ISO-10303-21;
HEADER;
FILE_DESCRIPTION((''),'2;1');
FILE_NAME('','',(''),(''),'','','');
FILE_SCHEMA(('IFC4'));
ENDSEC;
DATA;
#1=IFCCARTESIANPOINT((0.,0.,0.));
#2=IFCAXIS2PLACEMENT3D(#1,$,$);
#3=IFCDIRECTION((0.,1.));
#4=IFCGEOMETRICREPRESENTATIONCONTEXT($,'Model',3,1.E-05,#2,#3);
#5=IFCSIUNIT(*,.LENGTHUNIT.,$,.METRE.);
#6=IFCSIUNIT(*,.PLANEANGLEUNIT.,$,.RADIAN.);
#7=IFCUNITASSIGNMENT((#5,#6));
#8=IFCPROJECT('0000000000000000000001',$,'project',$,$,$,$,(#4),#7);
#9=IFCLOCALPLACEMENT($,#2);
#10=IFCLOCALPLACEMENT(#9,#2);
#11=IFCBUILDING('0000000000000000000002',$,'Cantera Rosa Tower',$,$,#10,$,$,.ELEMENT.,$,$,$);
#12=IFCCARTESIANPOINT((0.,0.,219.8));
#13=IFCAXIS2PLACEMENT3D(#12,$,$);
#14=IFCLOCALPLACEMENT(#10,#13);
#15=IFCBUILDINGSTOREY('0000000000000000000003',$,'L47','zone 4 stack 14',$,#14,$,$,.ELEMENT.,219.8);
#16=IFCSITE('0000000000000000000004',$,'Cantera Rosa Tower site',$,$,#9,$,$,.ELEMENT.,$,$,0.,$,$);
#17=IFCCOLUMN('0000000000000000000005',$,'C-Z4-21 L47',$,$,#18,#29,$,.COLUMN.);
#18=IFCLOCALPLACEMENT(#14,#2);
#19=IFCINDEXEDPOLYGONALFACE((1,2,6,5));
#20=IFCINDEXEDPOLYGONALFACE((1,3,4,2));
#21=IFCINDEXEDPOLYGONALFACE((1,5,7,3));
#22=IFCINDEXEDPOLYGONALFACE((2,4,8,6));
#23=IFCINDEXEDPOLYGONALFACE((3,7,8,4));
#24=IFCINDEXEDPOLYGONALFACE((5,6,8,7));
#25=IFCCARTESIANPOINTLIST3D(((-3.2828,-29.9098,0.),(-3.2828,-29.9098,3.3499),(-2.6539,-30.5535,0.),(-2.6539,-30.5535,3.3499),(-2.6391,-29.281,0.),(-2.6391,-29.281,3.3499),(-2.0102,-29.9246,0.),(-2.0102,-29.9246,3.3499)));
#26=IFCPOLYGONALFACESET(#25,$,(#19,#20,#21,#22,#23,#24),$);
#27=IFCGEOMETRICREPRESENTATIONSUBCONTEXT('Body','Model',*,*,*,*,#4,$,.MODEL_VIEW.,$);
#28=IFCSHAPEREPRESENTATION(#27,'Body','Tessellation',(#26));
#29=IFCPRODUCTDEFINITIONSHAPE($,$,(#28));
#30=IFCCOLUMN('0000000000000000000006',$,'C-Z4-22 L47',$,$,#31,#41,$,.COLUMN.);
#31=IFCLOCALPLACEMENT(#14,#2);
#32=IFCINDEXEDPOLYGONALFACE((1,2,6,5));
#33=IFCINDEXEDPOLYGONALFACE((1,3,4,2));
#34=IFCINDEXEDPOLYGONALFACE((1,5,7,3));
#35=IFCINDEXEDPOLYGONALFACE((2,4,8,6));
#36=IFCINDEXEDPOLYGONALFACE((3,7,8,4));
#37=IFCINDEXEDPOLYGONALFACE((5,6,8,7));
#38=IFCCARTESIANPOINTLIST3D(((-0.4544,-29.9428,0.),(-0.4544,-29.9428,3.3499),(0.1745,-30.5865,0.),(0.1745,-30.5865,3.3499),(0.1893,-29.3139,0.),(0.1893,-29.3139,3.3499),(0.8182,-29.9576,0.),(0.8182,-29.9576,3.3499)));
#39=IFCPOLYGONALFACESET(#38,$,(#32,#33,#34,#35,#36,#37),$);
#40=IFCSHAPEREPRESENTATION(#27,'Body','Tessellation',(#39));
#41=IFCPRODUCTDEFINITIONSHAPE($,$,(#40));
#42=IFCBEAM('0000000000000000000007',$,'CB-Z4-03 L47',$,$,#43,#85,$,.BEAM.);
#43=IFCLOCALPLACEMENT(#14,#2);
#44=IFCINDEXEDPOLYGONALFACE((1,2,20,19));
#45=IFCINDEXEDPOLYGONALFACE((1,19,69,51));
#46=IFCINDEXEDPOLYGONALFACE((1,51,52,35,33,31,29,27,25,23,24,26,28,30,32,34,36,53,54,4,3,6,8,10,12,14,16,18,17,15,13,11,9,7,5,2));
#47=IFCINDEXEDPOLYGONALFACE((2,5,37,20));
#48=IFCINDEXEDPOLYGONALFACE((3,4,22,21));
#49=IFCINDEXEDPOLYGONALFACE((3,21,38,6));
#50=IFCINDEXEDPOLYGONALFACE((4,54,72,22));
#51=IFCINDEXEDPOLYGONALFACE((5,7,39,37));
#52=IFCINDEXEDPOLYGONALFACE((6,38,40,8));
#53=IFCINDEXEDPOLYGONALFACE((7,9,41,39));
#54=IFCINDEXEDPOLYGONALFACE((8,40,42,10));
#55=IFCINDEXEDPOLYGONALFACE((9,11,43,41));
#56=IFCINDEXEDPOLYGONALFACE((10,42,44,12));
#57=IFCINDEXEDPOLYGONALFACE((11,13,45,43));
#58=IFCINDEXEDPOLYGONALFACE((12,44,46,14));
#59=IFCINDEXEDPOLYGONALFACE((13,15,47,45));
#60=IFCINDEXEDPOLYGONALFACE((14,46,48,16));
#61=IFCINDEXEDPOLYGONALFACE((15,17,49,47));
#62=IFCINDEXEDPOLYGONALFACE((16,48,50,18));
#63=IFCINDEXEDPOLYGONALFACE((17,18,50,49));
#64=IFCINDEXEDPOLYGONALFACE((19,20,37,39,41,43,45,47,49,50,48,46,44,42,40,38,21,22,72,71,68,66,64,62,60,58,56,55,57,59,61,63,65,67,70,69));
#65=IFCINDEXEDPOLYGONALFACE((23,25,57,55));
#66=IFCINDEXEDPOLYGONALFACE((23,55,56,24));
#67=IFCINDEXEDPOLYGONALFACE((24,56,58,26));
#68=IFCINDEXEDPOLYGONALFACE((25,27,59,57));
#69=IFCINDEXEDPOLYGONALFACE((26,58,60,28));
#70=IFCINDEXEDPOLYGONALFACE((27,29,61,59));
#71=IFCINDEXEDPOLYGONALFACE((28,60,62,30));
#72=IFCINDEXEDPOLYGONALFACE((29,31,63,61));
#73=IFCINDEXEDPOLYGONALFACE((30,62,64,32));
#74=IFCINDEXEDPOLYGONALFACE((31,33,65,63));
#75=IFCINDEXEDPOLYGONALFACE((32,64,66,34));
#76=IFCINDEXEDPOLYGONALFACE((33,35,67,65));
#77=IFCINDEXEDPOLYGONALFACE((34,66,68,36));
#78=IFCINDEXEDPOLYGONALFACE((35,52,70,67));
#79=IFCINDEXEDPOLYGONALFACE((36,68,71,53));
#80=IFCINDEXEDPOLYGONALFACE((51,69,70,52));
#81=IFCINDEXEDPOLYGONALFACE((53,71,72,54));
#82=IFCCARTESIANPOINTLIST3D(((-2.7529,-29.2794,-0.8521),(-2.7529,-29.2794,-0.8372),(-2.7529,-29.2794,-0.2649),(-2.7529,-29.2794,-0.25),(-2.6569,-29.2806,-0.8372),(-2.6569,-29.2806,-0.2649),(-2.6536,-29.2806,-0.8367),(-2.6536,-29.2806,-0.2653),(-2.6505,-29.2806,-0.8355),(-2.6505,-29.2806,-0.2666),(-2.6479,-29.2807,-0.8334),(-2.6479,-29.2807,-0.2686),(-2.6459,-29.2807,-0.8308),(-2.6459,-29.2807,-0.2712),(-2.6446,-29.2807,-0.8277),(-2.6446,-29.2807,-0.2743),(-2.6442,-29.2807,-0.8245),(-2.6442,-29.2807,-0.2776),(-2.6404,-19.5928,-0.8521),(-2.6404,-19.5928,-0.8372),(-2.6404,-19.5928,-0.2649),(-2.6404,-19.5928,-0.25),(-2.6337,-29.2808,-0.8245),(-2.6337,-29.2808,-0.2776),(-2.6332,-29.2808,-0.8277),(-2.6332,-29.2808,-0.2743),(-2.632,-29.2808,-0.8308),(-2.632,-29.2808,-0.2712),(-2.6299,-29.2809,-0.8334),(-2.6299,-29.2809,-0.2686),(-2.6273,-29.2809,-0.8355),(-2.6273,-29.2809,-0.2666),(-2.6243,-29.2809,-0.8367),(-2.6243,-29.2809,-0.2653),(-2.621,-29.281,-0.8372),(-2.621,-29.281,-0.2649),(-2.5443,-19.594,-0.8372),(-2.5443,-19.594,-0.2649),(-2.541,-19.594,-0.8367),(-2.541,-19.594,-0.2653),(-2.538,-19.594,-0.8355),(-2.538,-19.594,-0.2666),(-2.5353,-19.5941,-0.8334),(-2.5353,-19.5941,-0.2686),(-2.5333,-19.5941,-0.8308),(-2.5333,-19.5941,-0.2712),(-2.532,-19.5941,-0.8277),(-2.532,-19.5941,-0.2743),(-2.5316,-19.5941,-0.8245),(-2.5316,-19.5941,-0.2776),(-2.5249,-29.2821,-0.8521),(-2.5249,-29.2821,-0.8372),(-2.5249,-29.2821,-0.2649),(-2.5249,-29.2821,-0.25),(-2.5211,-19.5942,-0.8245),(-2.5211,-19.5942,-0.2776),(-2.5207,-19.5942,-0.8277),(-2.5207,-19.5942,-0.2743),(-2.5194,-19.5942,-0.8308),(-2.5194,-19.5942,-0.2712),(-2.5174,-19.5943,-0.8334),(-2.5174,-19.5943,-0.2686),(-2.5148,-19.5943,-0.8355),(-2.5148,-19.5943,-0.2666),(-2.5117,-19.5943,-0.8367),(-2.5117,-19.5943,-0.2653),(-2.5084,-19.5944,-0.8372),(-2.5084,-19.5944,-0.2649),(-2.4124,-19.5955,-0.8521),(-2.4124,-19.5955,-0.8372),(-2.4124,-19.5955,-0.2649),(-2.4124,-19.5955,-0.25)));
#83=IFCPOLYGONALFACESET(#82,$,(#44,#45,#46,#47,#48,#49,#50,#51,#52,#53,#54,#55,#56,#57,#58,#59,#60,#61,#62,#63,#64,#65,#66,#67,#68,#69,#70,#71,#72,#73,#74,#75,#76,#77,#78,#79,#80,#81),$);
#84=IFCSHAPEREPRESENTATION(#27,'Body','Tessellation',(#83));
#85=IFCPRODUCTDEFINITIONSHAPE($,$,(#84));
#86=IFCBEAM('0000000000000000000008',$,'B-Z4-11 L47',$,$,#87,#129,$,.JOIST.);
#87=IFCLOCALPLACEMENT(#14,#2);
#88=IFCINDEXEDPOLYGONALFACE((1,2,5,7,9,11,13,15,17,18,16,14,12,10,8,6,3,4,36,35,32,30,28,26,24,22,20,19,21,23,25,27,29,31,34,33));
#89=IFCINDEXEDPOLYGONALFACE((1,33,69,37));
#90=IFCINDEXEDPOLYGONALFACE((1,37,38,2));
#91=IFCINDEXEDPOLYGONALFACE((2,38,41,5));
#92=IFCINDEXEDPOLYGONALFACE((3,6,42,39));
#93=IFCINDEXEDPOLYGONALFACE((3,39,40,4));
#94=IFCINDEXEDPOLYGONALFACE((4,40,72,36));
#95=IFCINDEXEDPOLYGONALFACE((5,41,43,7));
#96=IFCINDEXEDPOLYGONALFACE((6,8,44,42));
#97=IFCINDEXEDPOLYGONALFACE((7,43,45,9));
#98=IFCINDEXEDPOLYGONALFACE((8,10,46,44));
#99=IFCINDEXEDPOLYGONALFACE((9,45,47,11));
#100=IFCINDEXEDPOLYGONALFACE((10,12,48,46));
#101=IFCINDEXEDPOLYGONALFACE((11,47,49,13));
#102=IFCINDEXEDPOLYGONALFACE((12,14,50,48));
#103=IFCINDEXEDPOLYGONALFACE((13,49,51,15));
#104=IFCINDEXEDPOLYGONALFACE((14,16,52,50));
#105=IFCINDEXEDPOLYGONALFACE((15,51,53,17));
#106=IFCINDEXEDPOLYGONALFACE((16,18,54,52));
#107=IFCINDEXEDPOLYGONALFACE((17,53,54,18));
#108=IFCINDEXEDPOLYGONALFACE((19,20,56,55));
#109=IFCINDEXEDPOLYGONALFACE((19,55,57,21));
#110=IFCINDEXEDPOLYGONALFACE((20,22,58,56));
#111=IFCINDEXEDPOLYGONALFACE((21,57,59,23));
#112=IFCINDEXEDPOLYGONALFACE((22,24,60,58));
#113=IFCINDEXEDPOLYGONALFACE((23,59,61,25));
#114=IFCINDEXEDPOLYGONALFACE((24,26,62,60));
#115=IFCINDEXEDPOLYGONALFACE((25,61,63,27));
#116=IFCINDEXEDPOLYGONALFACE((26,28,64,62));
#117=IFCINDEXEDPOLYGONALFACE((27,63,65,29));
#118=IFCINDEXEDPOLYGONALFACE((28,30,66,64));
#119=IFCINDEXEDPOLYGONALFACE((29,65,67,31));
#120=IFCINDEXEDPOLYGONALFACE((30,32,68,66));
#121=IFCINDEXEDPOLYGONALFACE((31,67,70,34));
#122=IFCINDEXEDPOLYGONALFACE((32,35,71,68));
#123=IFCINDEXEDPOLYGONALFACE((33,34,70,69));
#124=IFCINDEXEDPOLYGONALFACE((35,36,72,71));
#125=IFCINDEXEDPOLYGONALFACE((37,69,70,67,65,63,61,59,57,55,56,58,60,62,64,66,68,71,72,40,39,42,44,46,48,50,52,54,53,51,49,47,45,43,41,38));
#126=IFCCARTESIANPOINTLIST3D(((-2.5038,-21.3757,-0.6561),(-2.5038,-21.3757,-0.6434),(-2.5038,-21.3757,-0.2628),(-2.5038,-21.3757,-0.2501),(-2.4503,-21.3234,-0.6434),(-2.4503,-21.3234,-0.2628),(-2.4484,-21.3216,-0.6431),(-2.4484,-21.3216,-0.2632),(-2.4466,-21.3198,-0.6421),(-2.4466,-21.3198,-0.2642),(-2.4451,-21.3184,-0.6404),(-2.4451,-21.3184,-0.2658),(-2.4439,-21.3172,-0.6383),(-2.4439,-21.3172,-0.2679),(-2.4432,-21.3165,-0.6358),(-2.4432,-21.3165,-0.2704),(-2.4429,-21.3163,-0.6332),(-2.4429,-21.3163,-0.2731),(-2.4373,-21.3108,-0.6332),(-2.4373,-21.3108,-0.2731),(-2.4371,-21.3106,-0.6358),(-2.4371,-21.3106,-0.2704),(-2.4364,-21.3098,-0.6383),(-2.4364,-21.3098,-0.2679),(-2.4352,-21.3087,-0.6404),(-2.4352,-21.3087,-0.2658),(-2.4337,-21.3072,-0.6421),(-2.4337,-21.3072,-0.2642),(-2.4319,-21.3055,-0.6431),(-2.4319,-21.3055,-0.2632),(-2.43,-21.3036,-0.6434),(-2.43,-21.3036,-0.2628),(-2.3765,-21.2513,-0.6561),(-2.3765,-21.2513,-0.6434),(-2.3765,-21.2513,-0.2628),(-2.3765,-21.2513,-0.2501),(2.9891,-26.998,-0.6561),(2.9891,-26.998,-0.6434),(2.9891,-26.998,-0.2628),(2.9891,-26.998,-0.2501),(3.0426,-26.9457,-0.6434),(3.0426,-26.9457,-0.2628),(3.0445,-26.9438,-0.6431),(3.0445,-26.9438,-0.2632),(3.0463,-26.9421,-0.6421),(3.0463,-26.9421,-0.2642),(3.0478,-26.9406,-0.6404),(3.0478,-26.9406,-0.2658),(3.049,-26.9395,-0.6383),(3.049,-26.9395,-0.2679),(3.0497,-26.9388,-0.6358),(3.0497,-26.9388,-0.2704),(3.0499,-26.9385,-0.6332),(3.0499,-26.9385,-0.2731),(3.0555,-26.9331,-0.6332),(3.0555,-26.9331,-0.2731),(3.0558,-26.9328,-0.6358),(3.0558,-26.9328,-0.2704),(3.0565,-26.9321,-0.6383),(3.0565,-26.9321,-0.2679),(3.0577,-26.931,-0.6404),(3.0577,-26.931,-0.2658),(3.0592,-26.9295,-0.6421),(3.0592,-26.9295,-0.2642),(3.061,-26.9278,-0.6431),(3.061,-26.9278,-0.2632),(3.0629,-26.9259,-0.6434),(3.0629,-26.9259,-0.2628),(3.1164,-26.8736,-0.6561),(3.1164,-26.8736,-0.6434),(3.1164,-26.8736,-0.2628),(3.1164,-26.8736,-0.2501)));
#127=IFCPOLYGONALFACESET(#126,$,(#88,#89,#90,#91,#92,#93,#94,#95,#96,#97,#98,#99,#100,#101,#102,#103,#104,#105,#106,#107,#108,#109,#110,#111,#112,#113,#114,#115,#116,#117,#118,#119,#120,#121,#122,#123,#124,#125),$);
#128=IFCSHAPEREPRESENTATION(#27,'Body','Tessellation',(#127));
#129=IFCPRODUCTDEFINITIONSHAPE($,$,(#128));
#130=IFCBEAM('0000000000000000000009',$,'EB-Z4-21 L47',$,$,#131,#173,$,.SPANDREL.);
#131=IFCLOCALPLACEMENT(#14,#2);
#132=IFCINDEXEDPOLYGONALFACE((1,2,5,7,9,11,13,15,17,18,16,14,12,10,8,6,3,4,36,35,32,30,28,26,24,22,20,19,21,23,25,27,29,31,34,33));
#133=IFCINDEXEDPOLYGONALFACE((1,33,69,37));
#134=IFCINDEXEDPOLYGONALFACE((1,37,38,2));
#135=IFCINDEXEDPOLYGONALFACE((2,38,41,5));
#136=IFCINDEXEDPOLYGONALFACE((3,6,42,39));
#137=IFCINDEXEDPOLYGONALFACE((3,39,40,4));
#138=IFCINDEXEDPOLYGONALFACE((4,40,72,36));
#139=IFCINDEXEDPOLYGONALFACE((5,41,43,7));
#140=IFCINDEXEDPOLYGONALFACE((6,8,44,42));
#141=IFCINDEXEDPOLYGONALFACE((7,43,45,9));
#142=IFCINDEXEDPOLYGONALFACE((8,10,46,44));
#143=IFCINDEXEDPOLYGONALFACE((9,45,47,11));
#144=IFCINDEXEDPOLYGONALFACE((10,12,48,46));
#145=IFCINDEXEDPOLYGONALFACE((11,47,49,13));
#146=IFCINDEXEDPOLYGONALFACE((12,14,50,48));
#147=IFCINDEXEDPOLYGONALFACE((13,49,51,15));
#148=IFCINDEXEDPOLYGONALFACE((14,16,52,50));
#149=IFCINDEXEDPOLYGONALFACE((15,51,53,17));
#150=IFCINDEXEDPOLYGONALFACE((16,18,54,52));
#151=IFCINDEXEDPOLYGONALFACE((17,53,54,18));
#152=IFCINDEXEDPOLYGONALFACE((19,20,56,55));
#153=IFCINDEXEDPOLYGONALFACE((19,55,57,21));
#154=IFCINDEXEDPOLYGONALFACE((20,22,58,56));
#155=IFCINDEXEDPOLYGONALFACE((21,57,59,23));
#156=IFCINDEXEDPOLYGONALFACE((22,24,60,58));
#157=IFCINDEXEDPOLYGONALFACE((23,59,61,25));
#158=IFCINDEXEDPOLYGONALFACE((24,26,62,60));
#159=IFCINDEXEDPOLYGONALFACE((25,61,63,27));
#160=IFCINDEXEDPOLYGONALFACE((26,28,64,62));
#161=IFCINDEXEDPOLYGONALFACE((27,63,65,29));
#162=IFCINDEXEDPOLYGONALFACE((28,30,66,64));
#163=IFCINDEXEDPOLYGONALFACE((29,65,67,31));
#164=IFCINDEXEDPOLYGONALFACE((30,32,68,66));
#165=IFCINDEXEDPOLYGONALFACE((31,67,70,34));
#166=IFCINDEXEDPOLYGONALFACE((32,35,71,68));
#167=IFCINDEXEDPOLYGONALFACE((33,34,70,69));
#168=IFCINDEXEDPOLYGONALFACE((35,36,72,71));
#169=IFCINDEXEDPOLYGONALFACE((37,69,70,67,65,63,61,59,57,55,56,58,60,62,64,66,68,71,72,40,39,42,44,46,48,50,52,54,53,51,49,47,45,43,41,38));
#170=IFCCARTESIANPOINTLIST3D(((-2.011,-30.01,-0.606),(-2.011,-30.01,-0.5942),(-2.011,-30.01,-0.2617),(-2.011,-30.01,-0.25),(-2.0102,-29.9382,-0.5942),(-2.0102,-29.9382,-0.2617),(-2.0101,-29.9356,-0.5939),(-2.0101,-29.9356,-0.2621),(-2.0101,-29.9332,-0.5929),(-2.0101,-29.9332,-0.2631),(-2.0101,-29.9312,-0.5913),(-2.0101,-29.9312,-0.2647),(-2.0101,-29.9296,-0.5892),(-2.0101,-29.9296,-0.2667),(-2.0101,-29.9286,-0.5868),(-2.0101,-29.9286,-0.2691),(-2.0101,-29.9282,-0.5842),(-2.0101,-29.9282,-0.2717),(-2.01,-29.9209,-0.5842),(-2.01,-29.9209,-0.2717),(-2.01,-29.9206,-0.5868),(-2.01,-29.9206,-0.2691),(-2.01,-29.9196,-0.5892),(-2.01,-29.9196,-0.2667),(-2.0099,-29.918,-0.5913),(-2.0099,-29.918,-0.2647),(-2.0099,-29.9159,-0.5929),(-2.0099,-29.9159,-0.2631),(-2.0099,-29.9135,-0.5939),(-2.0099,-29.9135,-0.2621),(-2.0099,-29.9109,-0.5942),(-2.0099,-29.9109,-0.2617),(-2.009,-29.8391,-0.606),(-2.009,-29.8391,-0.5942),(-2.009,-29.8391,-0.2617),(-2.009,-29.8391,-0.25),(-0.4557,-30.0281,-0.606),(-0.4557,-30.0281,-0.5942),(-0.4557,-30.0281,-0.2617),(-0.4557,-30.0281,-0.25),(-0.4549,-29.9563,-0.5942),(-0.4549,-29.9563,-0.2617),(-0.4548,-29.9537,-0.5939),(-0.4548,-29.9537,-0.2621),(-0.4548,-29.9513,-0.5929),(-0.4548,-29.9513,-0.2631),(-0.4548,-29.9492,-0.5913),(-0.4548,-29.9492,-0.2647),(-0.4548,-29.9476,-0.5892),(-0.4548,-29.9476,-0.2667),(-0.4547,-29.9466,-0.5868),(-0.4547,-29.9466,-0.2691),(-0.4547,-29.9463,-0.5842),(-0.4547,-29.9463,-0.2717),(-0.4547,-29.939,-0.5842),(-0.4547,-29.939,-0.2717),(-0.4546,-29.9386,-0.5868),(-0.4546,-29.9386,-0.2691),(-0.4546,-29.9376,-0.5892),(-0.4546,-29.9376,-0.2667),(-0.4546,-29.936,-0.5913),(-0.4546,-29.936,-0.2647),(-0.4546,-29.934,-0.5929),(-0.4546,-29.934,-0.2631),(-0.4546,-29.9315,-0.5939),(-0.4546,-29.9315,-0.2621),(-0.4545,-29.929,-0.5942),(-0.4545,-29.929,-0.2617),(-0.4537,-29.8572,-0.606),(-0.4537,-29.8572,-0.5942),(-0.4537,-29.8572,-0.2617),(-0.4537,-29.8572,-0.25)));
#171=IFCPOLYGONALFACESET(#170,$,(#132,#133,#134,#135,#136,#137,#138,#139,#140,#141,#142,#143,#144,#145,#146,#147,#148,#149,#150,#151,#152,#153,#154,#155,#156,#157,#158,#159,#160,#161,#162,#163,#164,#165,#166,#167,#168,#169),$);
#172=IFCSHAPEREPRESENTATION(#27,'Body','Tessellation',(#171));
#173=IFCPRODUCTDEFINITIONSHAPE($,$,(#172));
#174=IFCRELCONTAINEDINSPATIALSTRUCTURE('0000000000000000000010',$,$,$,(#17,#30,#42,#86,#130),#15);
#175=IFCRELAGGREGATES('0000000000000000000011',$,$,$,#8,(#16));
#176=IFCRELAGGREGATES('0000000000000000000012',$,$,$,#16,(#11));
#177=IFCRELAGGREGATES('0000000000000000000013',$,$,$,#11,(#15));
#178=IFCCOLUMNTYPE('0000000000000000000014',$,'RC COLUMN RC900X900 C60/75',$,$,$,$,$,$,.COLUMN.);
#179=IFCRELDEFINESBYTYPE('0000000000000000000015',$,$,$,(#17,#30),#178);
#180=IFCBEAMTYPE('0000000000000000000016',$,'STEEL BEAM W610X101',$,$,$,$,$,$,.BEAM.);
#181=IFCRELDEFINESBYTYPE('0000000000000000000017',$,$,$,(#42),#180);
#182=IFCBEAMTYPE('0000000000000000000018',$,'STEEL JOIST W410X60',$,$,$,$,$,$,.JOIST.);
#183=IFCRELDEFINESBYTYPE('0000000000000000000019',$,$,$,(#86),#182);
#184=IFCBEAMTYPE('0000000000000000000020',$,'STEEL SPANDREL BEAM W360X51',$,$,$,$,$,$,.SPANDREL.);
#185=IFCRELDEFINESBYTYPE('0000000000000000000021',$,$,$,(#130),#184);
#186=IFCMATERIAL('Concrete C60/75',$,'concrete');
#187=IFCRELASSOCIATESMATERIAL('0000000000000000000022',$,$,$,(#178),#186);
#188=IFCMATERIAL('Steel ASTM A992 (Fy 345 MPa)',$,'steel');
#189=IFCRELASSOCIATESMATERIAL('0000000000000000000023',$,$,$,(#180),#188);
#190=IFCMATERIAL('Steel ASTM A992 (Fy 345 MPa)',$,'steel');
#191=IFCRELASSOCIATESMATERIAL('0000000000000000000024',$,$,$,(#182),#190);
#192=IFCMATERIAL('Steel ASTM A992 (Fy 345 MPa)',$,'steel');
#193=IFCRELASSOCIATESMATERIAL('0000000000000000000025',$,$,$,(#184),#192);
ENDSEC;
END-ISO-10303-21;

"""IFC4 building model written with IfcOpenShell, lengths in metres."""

from ifc_helpers import new_model, si_unit, direction, frame, origin, origin_2d, place, context, subcontext, project, spatial, rectangle, i_section, extrude, material, material_profile, profile_set, type_object, element, save


model = new_model("IFC4")

# Units and contexts
model_context = context("Model", 3, precision=1e-05, world=origin(), true_north=direction((0.0, 1.0)))
body_context = subcontext(model_context, "Body", "Model", "MODEL_VIEW")
ifc_project = project(units=[si_unit("LENGTHUNIT", "METRE"), si_unit("PLANEANGLEUNIT", "RADIAN")], contexts=[model_context])

# Site, building, storey
site_placement = place(None, origin())
site = spatial("IfcSite", under=ifc_project, at=site_placement, Name="Cantera Rosa Tower site", CompositionType="ELEMENT", RefElevation=0.0)
building_placement = place(site_placement, origin())
building = spatial("IfcBuilding", under=site, at=building_placement, Name="Cantera Rosa Tower", CompositionType="ELEMENT")
storey_placement = place(building_placement, frame((0.0, 0.0, 219.8)))
storey = spatial("IfcBuildingStorey", under=building, at=storey_placement, Name="L47", Description="zone 4 stack 14", CompositionType="ELEMENT", Elevation=219.8)

# Columns
ifc_material_1 = material(Name="Concrete C60/75", Category="concrete")
ifc_material_profile_1 = material_profile(ifc_material_1, rectangle(XDim=0.8999, YDim=0.8999, at=origin_2d()), Name="RC COLUMN RC900X900 C60/75")
ifc_profile_set_1 = profile_set([ifc_material_profile_1], Name="Concrete C60/75")
column_type = type_object("IfcColumnType", Name="RC COLUMN RC900X900 C60/75", PredefinedType="COLUMN", material=ifc_profile_set_1)
for number, where, z_axis, x_axis, name in (
    (1, (-2.6465, -29.9172, 0.0), (0.0, 0.0, 1.0), (0.715286, 0.698832, 0.0), "C-Z4-21 L47"),
    (2, (0.1819, -29.9502, 0.0), (0.0, 0.0, 1.0), (0.715286, 0.698832, 0.0), "C-Z4-22 L47"),
):
    element("IfcColumn", number, at=place(storey_placement, frame(where, z_axis=z_axis, x_axis=x_axis)), inside=storey, type_object=column_type, Name=name, PredefinedType="COLUMN", context=body_context, shape_type="SweptSolid", body=[
        extrude(rectangle(XDim=0.8999, YDim=0.8999, at=origin_2d()), origin(), (0.0, 0.0, 1.0), 3.3499),
    ])

# Beams
ifc_material_2 = material(Name="Steel ASTM A992 (Fy 345 MPa)", Category="steel")
ifc_material_profile_2 = material_profile(ifc_material_2, i_section(OverallWidth=0.228, OverallDepth=0.6021, WebThickness=0.0105, FlangeThickness=0.0149, FilletRadius=0.0127, at=origin_2d()), Name="W610X101")
ifc_profile_set_2 = profile_set([ifc_material_profile_2], Name="Steel ASTM A992 (Fy 345 MPa)")
beam_type_1 = type_object("IfcBeamType", Name="STEEL BEAM W610X101", PredefinedType="BEAM", material=ifc_profile_set_2)
beam_1_placement = place(storey_placement, frame((-2.6389, -29.2808, -0.551), z_axis=(0.011618, 0.999933, 0.0), x_axis=(-0.999933, 0.011618, 0.0)))
element("IfcBeam", 3, at=beam_1_placement, inside=storey, type_object=beam_type_1, Name="CB-Z4-03 L47", PredefinedType="BEAM", context=body_context, shape_type="SweptSolid", body=[
    extrude(i_section(OverallWidth=0.228, OverallDepth=0.6021, WebThickness=0.0105, FlangeThickness=0.0149, FilletRadius=0.0127, at=origin_2d()), origin(), (0.0, 0.0, 1.0), 9.6873),
])
ifc_material_3 = material(Name="Steel ASTM A992 (Fy 345 MPa)", Category="steel")
ifc_material_profile_3 = material_profile(ifc_material_3, i_section(OverallWidth=0.178, OverallDepth=0.406, WebThickness=0.0078, FlangeThickness=0.0127, FilletRadius=0.0103, at=origin_2d()), Name="W410X60")
ifc_profile_set_3 = profile_set([ifc_material_profile_3], Name="Steel ASTM A992 (Fy 345 MPa)")
beam_type_2 = type_object("IfcBeamType", Name="STEEL JOIST W410X60", PredefinedType="JOIST", material=ifc_profile_set_3)
beam_2_placement = place(storey_placement, frame((3.0527, -26.9358, -0.4531), z_axis=(-0.698828, 0.71529, 0.0), x_axis=(-0.71529, -0.698828, 0.0)))
element("IfcBeam", 4, at=beam_2_placement, inside=storey, type_object=beam_type_2, Name="B-Z4-11 L47", PredefinedType="JOIST", context=body_context, shape_type="SweptSolid", body=[
    extrude(i_section(OverallWidth=0.178, OverallDepth=0.406, WebThickness=0.0078, FlangeThickness=0.0127, FilletRadius=0.0103, at=origin_2d()), origin(), (0.0, 0.0, 1.0), 7.8601),
])
ifc_material_4 = material(Name="Steel ASTM A992 (Fy 345 MPa)", Category="steel")
ifc_material_profile_4 = material_profile(ifc_material_4, i_section(OverallWidth=0.1709, OverallDepth=0.356, WebThickness=0.0073, FlangeThickness=0.0117, FilletRadius=0.01, at=origin_2d()), Name="W360X51")
ifc_profile_set_4 = profile_set([ifc_material_profile_4], Name="Steel ASTM A992 (Fy 345 MPa)")
beam_type_3 = type_object("IfcBeamType", Name="STEEL SPANDREL BEAM W360X51", PredefinedType="SPANDREL", material=ifc_profile_set_4)
beam_3_placement = place(storey_placement, frame((-2.01, -29.9246, -0.428), z_axis=(0.999933, -0.011614, 0.0), x_axis=(0.011614, 0.999933, 0.0)))
element("IfcBeam", 5, at=beam_3_placement, inside=storey, type_object=beam_type_3, Name="EB-Z4-21 L47", PredefinedType="SPANDREL", context=body_context, shape_type="SweptSolid", body=[
    extrude(i_section(OverallWidth=0.1709, OverallDepth=0.356, WebThickness=0.0073, FlangeThickness=0.0117, FilletRadius=0.01, at=origin_2d()), origin(), (0.0, 0.0, 1.0), 1.5554),
])

save(model, "model.ifc")
